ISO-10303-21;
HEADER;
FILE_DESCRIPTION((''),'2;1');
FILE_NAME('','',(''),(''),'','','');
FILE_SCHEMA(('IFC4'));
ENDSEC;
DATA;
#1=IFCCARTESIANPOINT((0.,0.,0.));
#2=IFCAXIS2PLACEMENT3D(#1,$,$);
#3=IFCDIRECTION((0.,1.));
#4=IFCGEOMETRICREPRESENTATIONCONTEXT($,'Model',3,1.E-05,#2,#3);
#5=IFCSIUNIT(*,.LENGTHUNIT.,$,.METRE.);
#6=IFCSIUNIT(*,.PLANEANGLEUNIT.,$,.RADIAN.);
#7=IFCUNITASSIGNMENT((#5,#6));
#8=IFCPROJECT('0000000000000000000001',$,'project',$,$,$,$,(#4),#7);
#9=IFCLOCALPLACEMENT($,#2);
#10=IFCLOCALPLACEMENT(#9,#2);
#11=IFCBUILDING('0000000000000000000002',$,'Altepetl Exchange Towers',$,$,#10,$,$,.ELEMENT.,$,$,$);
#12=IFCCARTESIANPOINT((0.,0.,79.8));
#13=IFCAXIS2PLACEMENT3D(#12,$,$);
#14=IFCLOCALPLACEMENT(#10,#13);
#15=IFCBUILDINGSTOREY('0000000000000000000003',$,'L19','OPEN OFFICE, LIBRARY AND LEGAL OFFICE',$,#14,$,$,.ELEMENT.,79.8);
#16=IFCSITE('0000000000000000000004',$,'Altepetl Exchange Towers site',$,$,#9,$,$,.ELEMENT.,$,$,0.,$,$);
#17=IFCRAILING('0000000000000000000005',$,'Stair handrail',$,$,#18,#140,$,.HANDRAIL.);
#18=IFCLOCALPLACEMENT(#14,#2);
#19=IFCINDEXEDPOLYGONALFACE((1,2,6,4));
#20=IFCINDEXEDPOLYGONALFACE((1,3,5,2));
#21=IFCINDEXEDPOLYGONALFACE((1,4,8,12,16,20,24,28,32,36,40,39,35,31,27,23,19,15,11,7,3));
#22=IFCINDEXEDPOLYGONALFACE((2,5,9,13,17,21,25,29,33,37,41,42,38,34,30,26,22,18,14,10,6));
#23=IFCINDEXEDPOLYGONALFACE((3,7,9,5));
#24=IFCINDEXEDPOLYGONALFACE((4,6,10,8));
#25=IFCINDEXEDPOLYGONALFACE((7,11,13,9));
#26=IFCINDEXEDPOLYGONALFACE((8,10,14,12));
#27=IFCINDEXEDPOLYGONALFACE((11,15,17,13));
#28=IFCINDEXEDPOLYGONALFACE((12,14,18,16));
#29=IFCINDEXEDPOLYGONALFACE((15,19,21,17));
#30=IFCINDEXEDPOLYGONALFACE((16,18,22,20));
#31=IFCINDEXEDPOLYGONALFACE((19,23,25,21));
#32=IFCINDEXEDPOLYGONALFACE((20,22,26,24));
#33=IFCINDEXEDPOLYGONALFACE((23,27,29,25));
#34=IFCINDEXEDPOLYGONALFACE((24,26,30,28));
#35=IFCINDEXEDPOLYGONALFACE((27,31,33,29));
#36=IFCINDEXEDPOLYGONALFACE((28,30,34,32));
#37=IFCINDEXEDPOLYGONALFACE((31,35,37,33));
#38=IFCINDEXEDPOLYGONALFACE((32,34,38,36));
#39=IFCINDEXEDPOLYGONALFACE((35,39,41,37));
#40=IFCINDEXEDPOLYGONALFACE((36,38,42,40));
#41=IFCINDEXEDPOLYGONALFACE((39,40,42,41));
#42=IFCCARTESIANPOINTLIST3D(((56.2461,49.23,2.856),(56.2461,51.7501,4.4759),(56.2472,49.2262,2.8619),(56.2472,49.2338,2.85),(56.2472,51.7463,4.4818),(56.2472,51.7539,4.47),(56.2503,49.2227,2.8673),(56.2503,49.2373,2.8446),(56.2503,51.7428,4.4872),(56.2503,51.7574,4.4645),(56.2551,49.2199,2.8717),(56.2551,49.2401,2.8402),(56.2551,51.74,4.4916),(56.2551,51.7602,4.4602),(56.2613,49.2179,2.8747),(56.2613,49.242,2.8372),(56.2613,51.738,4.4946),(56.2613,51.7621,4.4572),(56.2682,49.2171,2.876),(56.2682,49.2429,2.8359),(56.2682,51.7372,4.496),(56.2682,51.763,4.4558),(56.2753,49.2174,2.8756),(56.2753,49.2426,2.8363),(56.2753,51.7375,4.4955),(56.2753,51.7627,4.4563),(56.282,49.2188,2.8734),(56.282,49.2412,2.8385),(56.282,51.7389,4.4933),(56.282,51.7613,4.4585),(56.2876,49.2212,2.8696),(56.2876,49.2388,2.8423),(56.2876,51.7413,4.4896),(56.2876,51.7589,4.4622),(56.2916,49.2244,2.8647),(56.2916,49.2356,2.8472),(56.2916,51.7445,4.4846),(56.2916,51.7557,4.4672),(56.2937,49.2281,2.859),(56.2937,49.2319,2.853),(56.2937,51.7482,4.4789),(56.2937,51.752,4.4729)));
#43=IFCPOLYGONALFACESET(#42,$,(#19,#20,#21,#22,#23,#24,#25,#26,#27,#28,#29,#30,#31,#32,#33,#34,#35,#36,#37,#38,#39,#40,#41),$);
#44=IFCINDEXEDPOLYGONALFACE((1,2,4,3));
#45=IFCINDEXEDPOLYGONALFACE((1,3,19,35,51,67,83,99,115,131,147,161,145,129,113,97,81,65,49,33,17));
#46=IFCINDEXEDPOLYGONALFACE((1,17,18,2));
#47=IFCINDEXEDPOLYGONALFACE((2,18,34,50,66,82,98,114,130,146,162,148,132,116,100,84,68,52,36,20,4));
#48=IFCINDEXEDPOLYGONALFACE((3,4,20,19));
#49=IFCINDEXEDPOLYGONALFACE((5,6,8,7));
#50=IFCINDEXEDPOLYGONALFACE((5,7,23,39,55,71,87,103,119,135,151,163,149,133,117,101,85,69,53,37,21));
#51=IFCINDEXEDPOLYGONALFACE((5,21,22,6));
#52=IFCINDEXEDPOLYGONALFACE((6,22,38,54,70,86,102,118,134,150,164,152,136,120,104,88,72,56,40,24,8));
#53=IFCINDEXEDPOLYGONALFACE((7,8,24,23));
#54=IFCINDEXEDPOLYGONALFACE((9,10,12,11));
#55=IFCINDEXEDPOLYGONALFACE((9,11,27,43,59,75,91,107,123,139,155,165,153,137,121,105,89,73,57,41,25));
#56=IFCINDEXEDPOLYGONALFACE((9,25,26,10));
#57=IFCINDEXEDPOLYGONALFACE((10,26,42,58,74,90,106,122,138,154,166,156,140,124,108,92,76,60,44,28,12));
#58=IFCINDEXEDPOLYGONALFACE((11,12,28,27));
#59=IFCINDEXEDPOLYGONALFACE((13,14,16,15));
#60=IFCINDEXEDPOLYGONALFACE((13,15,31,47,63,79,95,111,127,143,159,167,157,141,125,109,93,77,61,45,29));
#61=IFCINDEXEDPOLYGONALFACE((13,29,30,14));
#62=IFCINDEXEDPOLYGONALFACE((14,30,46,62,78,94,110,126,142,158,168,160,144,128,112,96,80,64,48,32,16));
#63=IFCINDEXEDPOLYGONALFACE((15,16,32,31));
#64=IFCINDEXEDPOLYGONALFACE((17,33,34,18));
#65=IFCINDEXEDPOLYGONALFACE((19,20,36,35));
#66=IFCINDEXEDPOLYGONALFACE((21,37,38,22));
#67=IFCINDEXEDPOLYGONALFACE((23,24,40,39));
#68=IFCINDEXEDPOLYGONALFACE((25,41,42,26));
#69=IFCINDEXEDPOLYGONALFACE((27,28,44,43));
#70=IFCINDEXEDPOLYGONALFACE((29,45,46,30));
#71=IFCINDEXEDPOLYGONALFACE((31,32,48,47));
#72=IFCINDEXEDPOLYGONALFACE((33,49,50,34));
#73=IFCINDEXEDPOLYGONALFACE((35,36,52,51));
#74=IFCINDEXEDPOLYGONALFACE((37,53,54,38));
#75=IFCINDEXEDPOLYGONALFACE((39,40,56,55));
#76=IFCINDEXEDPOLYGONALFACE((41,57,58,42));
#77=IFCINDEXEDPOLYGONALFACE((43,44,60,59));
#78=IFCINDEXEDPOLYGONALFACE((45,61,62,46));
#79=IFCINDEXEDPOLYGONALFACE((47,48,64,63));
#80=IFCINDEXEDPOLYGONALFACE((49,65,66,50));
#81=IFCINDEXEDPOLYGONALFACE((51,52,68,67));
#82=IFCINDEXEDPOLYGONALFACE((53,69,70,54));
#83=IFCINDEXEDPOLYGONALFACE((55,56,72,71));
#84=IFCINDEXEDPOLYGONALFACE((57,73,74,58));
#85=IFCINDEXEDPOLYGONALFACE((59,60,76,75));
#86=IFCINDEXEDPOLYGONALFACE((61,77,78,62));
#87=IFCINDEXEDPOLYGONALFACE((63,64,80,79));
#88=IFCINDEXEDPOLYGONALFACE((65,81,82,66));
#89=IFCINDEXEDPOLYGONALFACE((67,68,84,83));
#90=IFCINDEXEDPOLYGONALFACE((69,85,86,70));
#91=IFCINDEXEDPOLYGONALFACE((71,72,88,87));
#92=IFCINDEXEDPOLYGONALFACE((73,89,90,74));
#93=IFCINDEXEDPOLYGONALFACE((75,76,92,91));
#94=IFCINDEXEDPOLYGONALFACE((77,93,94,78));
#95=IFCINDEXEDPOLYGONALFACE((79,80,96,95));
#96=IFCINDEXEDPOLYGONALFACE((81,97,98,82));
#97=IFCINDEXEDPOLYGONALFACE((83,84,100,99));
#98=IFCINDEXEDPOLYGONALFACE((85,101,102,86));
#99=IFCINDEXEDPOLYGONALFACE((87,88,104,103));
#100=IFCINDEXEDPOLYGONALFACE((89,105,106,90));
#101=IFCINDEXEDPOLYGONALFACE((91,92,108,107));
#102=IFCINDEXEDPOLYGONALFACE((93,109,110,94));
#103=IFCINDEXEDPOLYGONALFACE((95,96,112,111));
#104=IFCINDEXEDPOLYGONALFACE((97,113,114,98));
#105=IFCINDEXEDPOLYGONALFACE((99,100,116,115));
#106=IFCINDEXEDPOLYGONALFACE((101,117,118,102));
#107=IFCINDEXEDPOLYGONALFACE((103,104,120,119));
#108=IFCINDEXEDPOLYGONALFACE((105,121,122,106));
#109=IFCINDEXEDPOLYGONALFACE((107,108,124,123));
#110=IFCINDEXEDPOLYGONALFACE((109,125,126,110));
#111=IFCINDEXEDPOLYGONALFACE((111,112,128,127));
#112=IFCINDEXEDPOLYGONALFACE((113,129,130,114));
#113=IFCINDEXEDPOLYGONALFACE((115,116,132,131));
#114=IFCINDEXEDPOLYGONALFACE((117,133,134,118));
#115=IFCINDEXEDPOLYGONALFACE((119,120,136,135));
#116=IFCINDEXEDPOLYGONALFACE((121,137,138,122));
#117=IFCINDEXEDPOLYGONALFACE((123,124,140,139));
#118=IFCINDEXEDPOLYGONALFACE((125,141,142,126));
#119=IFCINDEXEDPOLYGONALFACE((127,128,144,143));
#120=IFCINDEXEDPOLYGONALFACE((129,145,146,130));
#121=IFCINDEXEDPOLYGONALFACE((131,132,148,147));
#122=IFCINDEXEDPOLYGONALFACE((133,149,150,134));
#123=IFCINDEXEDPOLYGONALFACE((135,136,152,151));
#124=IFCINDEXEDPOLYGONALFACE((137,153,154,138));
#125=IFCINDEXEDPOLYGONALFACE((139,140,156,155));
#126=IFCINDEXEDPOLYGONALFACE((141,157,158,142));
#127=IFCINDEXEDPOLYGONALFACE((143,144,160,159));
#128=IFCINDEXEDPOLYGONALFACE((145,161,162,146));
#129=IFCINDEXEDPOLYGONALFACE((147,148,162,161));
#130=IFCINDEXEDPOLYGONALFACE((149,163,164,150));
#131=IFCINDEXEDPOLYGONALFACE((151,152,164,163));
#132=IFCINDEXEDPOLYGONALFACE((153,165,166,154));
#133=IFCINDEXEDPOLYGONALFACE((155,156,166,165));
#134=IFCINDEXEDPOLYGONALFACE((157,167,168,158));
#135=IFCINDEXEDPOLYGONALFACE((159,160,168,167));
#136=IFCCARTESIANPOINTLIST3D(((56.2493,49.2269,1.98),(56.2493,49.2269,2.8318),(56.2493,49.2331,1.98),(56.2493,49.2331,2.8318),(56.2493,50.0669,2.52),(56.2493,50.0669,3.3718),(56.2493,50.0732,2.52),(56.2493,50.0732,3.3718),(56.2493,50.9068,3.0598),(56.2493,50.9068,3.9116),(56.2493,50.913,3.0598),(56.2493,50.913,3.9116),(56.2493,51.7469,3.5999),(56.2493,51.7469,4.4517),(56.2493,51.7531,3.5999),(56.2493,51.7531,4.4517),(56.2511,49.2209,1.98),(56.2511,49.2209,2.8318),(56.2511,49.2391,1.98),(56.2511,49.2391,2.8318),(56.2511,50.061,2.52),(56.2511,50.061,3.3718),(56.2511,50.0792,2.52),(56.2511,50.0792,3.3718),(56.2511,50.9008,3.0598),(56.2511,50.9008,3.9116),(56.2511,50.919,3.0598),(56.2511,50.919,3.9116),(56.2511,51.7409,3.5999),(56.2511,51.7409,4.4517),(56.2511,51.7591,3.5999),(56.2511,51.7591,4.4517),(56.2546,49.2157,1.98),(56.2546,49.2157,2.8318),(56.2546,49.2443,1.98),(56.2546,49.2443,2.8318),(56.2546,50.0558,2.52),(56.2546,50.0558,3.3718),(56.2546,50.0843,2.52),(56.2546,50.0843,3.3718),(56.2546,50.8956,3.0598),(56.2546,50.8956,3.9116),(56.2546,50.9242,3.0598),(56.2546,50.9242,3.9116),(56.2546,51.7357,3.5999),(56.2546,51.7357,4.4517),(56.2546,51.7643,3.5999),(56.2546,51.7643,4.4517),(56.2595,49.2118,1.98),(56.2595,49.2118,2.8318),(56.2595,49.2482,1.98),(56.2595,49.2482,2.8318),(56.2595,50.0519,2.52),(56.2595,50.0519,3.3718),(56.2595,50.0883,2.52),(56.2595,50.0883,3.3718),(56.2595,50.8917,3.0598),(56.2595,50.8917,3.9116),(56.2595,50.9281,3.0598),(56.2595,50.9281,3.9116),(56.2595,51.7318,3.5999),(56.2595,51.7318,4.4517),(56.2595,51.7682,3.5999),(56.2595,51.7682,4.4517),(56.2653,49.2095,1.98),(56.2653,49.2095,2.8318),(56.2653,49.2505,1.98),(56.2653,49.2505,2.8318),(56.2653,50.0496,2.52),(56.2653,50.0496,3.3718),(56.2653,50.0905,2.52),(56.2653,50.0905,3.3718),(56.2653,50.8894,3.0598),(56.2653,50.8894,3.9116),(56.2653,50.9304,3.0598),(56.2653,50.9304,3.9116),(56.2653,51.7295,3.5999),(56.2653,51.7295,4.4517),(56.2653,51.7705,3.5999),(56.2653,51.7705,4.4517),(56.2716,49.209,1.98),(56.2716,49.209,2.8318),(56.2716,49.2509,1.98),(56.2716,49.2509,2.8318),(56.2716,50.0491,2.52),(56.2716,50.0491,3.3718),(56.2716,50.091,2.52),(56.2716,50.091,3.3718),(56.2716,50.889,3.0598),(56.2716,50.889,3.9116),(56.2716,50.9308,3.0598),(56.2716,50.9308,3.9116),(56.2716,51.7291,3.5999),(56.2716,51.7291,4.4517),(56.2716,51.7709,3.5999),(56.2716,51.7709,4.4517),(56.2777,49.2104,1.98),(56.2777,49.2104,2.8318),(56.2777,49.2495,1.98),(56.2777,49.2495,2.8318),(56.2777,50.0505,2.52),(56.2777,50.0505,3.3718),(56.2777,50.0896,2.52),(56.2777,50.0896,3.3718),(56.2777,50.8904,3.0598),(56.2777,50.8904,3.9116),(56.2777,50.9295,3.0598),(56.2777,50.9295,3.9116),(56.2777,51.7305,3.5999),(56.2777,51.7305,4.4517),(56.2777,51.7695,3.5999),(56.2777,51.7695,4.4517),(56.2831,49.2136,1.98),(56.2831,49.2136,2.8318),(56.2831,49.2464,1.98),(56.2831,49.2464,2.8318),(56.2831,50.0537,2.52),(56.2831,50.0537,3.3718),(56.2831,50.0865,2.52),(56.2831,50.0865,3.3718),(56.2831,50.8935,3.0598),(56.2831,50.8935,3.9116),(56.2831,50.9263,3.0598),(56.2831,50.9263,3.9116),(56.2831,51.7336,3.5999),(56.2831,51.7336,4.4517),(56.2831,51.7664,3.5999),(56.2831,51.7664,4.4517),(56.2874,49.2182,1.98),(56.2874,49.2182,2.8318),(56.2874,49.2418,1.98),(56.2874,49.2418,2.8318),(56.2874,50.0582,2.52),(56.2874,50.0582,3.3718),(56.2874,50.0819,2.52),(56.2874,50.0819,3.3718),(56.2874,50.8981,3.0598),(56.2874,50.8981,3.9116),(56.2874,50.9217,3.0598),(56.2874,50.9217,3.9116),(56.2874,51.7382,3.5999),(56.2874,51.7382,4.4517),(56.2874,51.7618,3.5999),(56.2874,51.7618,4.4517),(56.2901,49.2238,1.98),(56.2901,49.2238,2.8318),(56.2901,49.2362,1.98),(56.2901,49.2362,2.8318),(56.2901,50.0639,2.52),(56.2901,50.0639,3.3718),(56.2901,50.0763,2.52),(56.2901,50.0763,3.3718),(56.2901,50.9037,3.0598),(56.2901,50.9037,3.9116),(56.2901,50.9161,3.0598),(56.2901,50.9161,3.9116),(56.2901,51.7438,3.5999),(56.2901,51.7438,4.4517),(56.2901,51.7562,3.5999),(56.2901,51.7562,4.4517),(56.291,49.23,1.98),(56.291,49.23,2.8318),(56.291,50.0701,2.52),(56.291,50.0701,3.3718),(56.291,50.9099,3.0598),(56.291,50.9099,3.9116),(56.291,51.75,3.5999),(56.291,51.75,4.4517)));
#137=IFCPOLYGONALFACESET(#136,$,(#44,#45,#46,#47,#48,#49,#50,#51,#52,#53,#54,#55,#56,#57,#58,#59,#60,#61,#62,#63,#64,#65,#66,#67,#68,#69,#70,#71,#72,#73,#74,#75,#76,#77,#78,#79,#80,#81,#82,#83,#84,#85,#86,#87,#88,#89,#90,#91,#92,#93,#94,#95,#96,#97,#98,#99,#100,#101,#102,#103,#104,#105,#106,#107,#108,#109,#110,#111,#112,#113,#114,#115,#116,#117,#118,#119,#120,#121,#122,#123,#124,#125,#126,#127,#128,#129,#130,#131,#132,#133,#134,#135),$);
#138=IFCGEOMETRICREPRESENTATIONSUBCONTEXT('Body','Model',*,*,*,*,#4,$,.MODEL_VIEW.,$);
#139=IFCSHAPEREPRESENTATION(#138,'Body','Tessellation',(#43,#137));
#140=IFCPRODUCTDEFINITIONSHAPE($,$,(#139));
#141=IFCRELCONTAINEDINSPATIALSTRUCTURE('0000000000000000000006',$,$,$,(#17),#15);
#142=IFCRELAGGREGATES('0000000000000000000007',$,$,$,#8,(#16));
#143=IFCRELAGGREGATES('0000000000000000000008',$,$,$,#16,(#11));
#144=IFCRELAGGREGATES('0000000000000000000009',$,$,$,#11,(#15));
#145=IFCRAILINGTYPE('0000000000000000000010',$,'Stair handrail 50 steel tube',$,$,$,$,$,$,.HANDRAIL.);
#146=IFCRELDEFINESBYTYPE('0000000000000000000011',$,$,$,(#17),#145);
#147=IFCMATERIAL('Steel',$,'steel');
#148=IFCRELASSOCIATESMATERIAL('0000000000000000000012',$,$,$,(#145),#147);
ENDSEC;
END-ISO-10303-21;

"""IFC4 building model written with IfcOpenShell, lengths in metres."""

from ifc_helpers import new_model, si_unit, direction, frame, origin, origin_2d, place, context, subcontext, project, spatial, circle, extrude, source, transform, mapped, material, type_object, element, save


model = new_model("IFC4")

# Units and contexts
model_context = context("Model", 3, precision=1e-05, world=origin(), true_north=direction((0.0, 1.0)))
body_context = subcontext(model_context, "Body", "Model", "MODEL_VIEW")
ifc_project = project(units=[si_unit("LENGTHUNIT", "METRE"), si_unit("PLANEANGLEUNIT", "RADIAN")], contexts=[model_context])

# Site, building, storey
site_placement = place(None, origin())
site = spatial("IfcSite", under=ifc_project, at=site_placement, Name="Altepetl Exchange Towers site", CompositionType="ELEMENT", RefElevation=0.0)
building_placement = place(site_placement, origin())
building = spatial("IfcBuilding", under=site, at=building_placement, Name="Altepetl Exchange Towers", CompositionType="ELEMENT")
storey_placement = place(building_placement, frame((0.0, 0.0, 79.8)))
storey = spatial("IfcBuildingStorey", under=building, at=storey_placement, Name="L19", Description="OPEN OFFICE, LIBRARY AND LEGAL OFFICE", CompositionType="ELEMENT", Elevation=79.8)

# Railing
ifc_material_1 = material(Name="Steel", Category="steel")
railing_type = type_object("IfcRailingType", Name="Stair handrail 50 steel tube", PredefinedType="HANDRAIL", material=ifc_material_1)
shared_shape = source(origin(), body_context, "Body", "SweptSolid", [
    extrude(circle(Radius=0.021, at=origin_2d()), origin(), (0.0, 0.0, 1.0), 0.8518),
])
railing_1_placement = place(storey_placement, frame((56.27, 49.23, 1.98)))
element("IfcRailing", 1, at=railing_1_placement, inside=storey, type_object=railing_type, Name="Stair handrail", PredefinedType="HANDRAIL", context=body_context, shape_type="SweptSolid", body=[
    extrude(circle(Radius=0.0239, at=origin_2d()), frame((0.0, 0.0, 0.876), z_axis=(0.0, 0.8412, 0.540725), x_axis=(-1.0, 0.0, 0.0)), (0.0, 0.0, 1.0), 2.9958),
    mapped(shared_shape, transform((0.0, 0.0, 0.0))),
    mapped(shared_shape, transform((0.0, 0.8401, 0.54))),
    mapped(shared_shape, transform((0.0, 1.6799, 1.0798))),
    mapped(shared_shape, transform((0.0, 2.52, 1.6199))),
])

save(model, "model.ifc")
